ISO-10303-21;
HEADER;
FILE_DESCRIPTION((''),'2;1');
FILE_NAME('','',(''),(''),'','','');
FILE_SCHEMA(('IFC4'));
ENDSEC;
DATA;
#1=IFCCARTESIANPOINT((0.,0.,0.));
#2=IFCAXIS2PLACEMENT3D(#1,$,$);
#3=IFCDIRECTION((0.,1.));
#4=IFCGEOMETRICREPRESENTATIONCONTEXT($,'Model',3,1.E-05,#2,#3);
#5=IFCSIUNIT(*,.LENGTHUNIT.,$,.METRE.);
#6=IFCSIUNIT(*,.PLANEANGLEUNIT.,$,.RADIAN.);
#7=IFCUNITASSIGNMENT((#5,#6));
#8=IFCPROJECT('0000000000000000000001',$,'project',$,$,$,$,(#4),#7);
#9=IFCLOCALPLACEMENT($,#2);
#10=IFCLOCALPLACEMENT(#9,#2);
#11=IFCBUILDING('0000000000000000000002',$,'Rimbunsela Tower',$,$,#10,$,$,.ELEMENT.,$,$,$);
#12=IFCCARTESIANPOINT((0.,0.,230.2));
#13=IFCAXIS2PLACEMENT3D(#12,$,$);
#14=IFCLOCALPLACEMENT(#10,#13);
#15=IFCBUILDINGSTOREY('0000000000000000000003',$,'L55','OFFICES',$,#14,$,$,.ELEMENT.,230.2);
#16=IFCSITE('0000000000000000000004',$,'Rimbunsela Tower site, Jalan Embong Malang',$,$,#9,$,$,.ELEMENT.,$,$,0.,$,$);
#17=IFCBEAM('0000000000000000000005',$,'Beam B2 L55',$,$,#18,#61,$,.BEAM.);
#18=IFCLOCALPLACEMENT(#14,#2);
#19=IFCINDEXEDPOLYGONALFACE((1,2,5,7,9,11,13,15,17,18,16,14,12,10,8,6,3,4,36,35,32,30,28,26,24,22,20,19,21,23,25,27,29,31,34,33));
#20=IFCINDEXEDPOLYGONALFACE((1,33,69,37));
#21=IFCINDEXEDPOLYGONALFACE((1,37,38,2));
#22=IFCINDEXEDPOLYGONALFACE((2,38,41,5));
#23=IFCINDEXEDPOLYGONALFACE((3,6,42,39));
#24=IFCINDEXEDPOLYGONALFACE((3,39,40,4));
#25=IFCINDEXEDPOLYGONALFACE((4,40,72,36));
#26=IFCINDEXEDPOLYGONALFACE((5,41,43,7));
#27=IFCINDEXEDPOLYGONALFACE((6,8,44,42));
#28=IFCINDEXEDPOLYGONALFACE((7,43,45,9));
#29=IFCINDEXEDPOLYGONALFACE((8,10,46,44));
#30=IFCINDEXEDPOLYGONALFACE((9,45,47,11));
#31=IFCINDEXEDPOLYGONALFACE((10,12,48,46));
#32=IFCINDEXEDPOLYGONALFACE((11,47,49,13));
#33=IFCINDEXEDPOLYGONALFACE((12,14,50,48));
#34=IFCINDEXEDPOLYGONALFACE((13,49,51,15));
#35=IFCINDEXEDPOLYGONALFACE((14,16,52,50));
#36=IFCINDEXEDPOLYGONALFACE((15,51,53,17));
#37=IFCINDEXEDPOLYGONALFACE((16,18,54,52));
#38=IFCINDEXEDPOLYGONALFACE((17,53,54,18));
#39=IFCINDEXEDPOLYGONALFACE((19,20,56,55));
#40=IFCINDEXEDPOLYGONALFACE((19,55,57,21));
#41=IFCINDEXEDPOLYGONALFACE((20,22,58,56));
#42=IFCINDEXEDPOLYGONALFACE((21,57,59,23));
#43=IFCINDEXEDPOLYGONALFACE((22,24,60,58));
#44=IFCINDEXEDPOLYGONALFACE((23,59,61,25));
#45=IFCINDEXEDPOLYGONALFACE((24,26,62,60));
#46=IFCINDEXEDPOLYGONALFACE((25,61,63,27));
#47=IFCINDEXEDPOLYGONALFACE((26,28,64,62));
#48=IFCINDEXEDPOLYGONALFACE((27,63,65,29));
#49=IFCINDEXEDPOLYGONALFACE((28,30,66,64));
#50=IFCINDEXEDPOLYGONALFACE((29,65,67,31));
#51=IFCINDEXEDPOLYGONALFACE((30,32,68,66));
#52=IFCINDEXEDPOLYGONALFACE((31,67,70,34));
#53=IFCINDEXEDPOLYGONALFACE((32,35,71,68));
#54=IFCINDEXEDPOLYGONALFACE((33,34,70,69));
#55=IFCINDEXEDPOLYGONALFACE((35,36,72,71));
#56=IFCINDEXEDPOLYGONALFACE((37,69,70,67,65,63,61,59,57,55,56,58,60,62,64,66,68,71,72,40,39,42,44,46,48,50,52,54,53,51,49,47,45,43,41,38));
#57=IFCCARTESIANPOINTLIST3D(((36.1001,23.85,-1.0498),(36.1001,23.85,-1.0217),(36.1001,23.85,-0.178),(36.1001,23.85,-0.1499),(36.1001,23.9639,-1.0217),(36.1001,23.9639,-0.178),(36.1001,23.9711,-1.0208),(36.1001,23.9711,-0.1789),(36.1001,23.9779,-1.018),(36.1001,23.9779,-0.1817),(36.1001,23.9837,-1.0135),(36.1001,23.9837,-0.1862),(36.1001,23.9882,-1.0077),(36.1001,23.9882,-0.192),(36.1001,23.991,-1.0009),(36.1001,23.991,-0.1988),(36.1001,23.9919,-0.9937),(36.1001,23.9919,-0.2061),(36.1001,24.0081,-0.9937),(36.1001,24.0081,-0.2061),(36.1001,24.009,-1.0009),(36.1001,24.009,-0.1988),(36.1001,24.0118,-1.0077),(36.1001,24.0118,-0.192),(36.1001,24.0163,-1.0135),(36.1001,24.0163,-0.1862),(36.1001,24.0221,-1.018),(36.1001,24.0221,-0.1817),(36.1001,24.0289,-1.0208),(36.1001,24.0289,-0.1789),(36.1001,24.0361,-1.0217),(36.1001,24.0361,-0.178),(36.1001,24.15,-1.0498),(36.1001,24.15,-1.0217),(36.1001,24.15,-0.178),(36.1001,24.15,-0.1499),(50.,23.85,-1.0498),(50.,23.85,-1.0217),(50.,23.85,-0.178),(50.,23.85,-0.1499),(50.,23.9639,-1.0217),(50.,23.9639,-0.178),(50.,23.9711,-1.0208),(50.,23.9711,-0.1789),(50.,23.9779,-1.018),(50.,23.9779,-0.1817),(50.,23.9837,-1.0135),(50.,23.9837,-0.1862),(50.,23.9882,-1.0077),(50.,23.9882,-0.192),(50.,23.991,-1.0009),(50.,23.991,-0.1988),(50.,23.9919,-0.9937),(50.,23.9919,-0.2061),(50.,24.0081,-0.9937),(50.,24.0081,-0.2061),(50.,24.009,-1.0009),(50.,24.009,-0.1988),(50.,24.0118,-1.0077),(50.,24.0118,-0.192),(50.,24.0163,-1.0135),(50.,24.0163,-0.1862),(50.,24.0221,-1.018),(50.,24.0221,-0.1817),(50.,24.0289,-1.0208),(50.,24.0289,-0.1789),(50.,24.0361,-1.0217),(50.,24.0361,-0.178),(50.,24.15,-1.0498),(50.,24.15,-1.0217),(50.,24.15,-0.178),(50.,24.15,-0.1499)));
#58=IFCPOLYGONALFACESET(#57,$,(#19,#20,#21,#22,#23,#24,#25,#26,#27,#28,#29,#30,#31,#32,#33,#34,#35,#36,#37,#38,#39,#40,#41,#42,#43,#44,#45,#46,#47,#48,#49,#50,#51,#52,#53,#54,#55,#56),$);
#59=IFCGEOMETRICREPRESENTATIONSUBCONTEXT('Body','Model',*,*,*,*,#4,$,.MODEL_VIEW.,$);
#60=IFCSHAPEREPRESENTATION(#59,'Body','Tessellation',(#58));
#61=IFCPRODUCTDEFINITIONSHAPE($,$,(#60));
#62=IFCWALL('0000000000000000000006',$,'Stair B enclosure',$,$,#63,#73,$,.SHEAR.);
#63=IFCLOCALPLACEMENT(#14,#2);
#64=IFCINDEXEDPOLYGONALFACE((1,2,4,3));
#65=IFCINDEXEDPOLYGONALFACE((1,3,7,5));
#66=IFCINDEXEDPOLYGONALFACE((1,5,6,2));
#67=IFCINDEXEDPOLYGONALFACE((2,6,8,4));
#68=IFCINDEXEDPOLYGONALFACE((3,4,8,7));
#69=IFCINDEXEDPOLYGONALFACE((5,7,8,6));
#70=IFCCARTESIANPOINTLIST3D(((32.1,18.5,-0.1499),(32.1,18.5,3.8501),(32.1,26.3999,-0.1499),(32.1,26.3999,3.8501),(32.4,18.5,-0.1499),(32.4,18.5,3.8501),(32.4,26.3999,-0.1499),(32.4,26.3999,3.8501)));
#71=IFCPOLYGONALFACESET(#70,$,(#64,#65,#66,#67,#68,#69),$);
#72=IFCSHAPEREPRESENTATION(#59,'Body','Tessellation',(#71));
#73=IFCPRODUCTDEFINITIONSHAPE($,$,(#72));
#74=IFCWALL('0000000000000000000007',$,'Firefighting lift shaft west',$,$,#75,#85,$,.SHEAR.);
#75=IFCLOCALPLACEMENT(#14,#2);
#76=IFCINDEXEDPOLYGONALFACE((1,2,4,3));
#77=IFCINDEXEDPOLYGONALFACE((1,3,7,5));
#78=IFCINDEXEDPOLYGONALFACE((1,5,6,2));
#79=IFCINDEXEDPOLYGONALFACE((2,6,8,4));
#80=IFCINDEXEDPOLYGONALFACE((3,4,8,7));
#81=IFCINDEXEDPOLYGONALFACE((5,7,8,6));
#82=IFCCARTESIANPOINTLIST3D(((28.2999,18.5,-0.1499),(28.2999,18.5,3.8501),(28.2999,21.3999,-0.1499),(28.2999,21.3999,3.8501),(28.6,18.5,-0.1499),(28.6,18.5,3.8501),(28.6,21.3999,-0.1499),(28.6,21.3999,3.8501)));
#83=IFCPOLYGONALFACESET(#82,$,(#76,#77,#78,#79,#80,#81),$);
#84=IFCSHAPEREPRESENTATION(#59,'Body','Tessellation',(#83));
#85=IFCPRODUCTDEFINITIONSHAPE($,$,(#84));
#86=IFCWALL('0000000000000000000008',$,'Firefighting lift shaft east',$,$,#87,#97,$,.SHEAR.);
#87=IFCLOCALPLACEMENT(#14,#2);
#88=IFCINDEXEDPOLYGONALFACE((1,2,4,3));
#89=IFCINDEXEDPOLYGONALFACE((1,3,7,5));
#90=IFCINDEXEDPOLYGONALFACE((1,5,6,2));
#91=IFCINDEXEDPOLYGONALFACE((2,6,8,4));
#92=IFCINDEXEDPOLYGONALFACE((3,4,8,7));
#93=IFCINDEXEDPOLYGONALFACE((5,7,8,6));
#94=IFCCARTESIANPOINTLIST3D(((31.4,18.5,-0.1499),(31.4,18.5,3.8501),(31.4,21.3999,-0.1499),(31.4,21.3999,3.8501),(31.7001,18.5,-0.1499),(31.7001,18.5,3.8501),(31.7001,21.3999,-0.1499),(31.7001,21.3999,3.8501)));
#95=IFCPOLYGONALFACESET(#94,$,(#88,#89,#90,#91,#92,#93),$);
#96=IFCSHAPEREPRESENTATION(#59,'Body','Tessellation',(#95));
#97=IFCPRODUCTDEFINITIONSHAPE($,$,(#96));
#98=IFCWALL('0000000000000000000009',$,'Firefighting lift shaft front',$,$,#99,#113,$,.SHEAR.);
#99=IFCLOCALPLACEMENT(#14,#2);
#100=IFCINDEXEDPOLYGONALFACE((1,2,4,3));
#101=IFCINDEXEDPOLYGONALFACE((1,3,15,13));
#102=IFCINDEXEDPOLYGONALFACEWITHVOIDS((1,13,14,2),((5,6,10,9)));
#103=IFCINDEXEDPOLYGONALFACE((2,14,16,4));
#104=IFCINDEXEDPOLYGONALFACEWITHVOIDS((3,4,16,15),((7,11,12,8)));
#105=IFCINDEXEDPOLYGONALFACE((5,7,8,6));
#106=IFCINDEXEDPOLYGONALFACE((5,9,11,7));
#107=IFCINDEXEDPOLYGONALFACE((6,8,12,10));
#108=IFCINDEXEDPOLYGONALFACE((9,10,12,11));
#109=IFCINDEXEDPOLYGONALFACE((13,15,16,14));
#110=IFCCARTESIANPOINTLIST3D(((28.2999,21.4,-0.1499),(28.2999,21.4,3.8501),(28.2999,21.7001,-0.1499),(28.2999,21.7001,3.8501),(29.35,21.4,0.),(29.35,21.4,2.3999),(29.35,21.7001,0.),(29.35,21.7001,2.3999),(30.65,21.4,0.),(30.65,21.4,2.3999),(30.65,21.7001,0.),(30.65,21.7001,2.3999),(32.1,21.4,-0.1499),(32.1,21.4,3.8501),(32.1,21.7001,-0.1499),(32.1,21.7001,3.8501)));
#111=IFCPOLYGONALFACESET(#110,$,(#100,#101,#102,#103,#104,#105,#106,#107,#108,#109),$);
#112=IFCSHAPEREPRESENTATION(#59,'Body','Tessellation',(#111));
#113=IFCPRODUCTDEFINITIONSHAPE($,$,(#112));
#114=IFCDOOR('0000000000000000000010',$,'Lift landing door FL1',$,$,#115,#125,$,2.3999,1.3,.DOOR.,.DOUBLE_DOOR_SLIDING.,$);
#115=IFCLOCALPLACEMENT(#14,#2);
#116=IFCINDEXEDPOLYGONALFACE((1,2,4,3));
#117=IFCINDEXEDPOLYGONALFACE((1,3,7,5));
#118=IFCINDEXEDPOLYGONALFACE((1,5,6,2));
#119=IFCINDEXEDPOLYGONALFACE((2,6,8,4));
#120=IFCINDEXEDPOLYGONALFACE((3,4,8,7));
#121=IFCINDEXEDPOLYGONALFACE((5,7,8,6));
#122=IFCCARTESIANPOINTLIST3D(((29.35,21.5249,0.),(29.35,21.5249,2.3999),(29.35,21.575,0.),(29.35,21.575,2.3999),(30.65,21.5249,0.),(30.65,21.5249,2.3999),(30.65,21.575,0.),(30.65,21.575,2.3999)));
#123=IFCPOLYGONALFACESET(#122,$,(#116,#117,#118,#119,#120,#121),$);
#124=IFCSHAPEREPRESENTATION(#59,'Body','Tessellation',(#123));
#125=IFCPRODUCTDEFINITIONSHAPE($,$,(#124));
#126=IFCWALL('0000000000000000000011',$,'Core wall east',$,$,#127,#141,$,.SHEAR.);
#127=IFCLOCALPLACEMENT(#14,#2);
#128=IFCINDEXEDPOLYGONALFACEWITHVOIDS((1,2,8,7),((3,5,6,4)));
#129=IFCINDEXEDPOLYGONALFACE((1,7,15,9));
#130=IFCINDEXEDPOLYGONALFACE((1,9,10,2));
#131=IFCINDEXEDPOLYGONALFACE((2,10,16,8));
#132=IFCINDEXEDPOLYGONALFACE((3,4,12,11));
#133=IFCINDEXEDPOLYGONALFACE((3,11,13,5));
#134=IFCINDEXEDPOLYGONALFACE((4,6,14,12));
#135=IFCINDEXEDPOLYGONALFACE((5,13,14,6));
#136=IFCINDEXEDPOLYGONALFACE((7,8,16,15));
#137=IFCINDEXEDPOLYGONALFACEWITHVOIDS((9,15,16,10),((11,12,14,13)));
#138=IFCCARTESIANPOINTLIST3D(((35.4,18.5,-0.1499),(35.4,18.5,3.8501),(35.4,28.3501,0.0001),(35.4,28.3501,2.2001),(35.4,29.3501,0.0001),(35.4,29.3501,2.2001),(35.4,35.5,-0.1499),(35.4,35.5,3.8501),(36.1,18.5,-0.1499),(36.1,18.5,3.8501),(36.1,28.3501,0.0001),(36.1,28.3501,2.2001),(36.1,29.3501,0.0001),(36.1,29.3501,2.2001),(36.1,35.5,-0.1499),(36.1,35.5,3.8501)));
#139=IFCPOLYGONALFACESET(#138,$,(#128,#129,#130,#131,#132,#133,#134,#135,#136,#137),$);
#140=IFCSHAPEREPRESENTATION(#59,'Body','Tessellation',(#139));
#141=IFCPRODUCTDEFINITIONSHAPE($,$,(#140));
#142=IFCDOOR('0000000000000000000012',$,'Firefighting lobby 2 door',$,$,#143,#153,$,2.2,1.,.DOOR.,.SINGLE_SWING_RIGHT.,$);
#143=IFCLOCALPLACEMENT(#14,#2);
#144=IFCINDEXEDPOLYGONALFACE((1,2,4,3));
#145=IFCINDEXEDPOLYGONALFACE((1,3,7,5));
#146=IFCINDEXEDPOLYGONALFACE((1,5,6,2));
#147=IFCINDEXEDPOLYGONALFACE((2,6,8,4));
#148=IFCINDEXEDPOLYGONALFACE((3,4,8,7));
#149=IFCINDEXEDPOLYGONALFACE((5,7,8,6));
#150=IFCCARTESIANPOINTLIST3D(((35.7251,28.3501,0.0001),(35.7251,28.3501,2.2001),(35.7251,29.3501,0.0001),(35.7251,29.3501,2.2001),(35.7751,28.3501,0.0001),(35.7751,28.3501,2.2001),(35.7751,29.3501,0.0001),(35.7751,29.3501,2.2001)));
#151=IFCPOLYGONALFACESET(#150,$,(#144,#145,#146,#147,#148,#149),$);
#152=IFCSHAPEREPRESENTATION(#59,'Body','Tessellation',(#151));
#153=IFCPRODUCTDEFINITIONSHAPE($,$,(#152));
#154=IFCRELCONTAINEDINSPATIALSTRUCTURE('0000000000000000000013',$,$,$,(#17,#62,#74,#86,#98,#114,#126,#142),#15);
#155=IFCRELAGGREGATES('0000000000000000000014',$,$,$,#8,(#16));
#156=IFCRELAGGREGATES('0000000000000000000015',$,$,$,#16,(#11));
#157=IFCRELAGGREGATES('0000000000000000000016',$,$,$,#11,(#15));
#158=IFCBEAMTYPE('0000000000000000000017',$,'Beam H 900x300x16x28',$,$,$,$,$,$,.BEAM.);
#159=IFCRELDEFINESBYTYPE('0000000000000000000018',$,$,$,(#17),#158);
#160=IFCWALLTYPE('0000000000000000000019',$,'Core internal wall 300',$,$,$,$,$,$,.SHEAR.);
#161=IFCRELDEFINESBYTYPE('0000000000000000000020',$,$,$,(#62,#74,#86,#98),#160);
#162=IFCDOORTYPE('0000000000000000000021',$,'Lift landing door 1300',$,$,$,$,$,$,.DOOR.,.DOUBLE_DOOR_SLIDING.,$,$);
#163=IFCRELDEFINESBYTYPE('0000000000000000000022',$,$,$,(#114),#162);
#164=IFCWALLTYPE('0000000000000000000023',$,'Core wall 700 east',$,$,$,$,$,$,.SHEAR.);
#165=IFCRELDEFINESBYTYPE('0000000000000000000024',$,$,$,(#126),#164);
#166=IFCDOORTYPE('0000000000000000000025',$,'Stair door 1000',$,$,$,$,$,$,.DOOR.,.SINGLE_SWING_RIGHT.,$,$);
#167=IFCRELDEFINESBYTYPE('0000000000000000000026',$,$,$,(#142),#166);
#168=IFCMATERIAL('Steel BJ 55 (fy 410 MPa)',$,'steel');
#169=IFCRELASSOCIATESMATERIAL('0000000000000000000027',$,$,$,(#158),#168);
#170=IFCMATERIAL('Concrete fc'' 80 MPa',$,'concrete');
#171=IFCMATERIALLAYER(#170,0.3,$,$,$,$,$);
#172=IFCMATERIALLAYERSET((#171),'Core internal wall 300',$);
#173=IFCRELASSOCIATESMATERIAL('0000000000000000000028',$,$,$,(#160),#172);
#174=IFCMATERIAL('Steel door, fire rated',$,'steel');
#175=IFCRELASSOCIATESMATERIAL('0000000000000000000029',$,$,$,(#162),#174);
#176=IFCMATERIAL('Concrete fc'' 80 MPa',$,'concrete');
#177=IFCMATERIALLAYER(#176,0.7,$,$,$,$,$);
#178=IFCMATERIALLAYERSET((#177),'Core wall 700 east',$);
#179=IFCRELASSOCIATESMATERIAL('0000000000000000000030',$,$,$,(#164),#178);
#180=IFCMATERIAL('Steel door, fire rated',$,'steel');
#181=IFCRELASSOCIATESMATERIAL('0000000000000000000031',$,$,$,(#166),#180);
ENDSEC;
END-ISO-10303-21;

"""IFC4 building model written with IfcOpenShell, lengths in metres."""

from ifc_helpers import new_model, si_unit, direction, frame, frame_2d, origin, origin_2d, place, context, subcontext, project, spatial, rectangle, i_section, extrude, material, layer, layer_set, material_profile, profile_set, type_object, element, fill, save


model = new_model("IFC4")

# Units and contexts
model_context = context("Model", 3, precision=1e-05, world=origin(), true_north=direction((0.0, 1.0)))
body_context = subcontext(model_context, "Body", "Model", "MODEL_VIEW")
ifc_project = project(units=[si_unit("LENGTHUNIT", "METRE"), si_unit("PLANEANGLEUNIT", "RADIAN")], contexts=[model_context])

# Site, building, storey
site_placement = place(None, origin())
site = spatial("IfcSite", under=ifc_project, at=site_placement, Name="Rimbunsela Tower site, Jalan Embong Malang", CompositionType="ELEMENT", RefElevation=0.0)
building_placement = place(site_placement, origin())
building = spatial("IfcBuilding", under=site, at=building_placement, Name="Rimbunsela Tower", CompositionType="ELEMENT")
storey_placement = place(building_placement, frame((0.0, 0.0, 230.2)))
storey = spatial("IfcBuildingStorey", under=building, at=storey_placement, Name="L55", Description="OFFICES", CompositionType="ELEMENT", Elevation=230.2)

# Beam
ifc_material_1 = material(Name="Steel BJ 55 (fy 410 MPa)", Category="steel")
ifc_material_profile_1 = material_profile(ifc_material_1, i_section(OverallWidth=0.3, OverallDepth=0.8999, WebThickness=0.0161, FlangeThickness=0.0281, FilletRadius=0.0281, at=origin_2d()), Name="H 900x300x16x28")
ifc_profile_set_1 = profile_set([ifc_material_profile_1], Name="Steel BJ 55 (fy 410 MPa)")
beam_type_1 = type_object("IfcBeamType", Name="Beam H 900x300x16x28", PredefinedType="BEAM", material=ifc_profile_set_1)
beam_1_placement = place(storey_placement, frame((36.1001, 24.0, -0.5999), z_axis=(1.0, 0.0, 0.0), x_axis=(0.0, 1.0, 0.0)))
element("IfcBeam", 1, at=beam_1_placement, inside=storey, type_object=beam_type_1, Name="Beam B2 L55", PredefinedType="BEAM", context=body_context, shape_type="SweptSolid", body=[
    extrude(i_section(OverallWidth=0.3, OverallDepth=0.8999, WebThickness=0.0161, FlangeThickness=0.0281, FilletRadius=0.0281, at=origin_2d()), origin(), (0.0, 0.0, 1.0), 13.8999),
])

# Walls
ifc_material_2 = material(Name="Concrete fc' 80 MPa", Category="concrete")
ifc_layer_1 = layer(ifc_material_2, 0.3)
ifc_layer_set_1 = layer_set([ifc_layer_1], Name="Core internal wall 300")
wall_type_1 = type_object("IfcWallType", Name="Core internal wall 300", PredefinedType="SHEAR", material=ifc_layer_set_1)
wall_1_placement = place(storey_placement, frame((32.25, 18.5, -0.1499), z_axis=(0.0, 0.0, 1.0), x_axis=(0.0, 1.0, 0.0)))
element("IfcWall", 2, at=wall_1_placement, inside=storey, type_object=wall_type_1, Name="Stair B enclosure", PredefinedType="SHEAR", context=body_context, shape_type="SweptSolid", body=[
    extrude(rectangle(XDim=7.8999, YDim=0.3, at=frame_2d((3.95, 0.0))), origin(), (0.0, 0.0, 1.0), 4.0),
])
for number, where, z_axis, x_axis, name in (
    (3, (28.45, 18.5, -0.1499), (0.0, 0.0, 1.0), (0.0, 1.0, 0.0), "Firefighting lift shaft west"),
    (4, (31.55, 18.5, -0.1499), (0.0, 0.0, 1.0), (0.0, 1.0, 0.0), "Firefighting lift shaft east"),
):
    element("IfcWall", number, at=place(storey_placement, frame(where, z_axis=z_axis, x_axis=x_axis)), inside=storey, type_object=wall_type_1, Name=name, PredefinedType="SHEAR", context=body_context, shape_type="SweptSolid", body=[
        extrude(rectangle(XDim=2.8999, YDim=0.3, at=frame_2d((1.45, 0.0))), origin(), (0.0, 0.0, 1.0), 4.0),
    ])

# Walls, openings, doors
wall_2_placement = place(storey_placement, frame((28.3, 21.55, -0.1499), z_axis=(0.0, 0.0, 1.0), x_axis=(1.0, 0.0, 0.0)))
wall_2 = element("IfcWall", 5, at=wall_2_placement, inside=storey, type_object=wall_type_1, Name="Firefighting lift shaft front", PredefinedType="SHEAR", context=body_context, shape_type="SweptSolid", body=[
    extrude(rectangle(XDim=3.8, YDim=0.3, at=frame_2d((1.8999, 0.0))), origin(), (0.0, 0.0, 1.0), 4.0),
])
opening_1_placement = place(wall_2_placement, frame((1.05, 0.0, 0.1499)))
opening_1 = element("IfcOpeningElement", 6, at=opening_1_placement, cuts=wall_2, PredefinedType="OPENING", context=body_context, shape_type="SweptSolid", body=[
    extrude(rectangle(XDim=1.3, YDim=2.3999, at=frame_2d((0.6499, 1.2))), frame((0.0, 0.1599, 0.0), z_axis=(0.0, -1.0, 0.0), x_axis=(1.0, 0.0, 0.0)), (0.0, 0.0, 1.0), 0.3201),
])
ifc_material_3 = material(Name="Steel door, fire rated", Category="steel")
door_type_1 = type_object("IfcDoorType", Name="Lift landing door 1300", OperationType="DOUBLE_DOOR_SLIDING", PredefinedType="DOOR", material=ifc_material_3)
door_1_placement = place(opening_1_placement, origin())
door_1 = element("IfcDoor", 7, at=door_1_placement, inside=storey, type_object=door_type_1, Name="Lift landing door FL1", OperationType="DOUBLE_DOOR_SLIDING", OverallHeight=2.3999, OverallWidth=1.3, PredefinedType="DOOR", context=body_context, shape_type="SweptSolid", body=[
    extrude(rectangle(XDim=1.3, YDim=2.3999, at=frame_2d((0.6499, 1.2))), frame((0.0, 0.0249, 0.0), z_axis=(0.0, -1.0, 0.0), x_axis=(1.0, 0.0, 0.0)), (0.0, 0.0, 1.0), 0.05),
])
fill(opening_1, door_1)
ifc_material_4 = material(Name="Concrete fc' 80 MPa", Category="concrete")
ifc_layer_2 = layer(ifc_material_4, 0.7)
ifc_layer_set_2 = layer_set([ifc_layer_2], Name="Core wall 700 east")
wall_type_2 = type_object("IfcWallType", Name="Core wall 700 east", PredefinedType="SHEAR", material=ifc_layer_set_2)
wall_3_placement = place(storey_placement, frame((35.75, 18.5, -0.1499), z_axis=(0.0, 0.0, 1.0), x_axis=(0.0, 1.0, 0.0)))
wall_3 = element("IfcWall", 8, at=wall_3_placement, inside=storey, type_object=wall_type_2, Name="Core wall east", PredefinedType="SHEAR", context=body_context, shape_type="SweptSolid", body=[
    extrude(rectangle(XDim=17.0, YDim=0.7, at=frame_2d((8.5, 0.0))), origin(), (0.0, 0.0, 1.0), 4.0),
])
opening_2_placement = place(wall_3_placement, frame((9.8501, 0.0, 0.1499)))
opening_2 = element("IfcOpeningElement", 9, at=opening_2_placement, cuts=wall_3, PredefinedType="OPENING", context=body_context, shape_type="SweptSolid", body=[
    extrude(rectangle(XDim=1.0, YDim=2.2, at=frame_2d((0.5, 1.1001))), frame((0.0, 0.3599, 0.0), z_axis=(0.0, -1.0, 0.0), x_axis=(1.0, 0.0, 0.0)), (0.0, 0.0, 1.0), 0.72),
])
ifc_material_5 = material(Name="Steel door, fire rated", Category="steel")
door_type_2 = type_object("IfcDoorType", Name="Stair door 1000", OperationType="SINGLE_SWING_RIGHT", PredefinedType="DOOR", material=ifc_material_5)
door_2_placement = place(opening_2_placement, origin())
door_2 = element("IfcDoor", 10, at=door_2_placement, inside=storey, type_object=door_type_2, Name="Firefighting lobby 2 door", OperationType="SINGLE_SWING_RIGHT", OverallHeight=2.2, OverallWidth=1.0, PredefinedType="DOOR", context=body_context, shape_type="SweptSolid", body=[
    extrude(rectangle(XDim=1.0, YDim=2.2, at=frame_2d((0.5, 1.1001))), frame((0.0, 0.0249, 0.0), z_axis=(0.0, -1.0, 0.0), x_axis=(1.0, 0.0, 0.0)), (0.0, 0.0, 1.0), 0.05),
])
fill(opening_2, door_2)

save(model, "model.ifc")
